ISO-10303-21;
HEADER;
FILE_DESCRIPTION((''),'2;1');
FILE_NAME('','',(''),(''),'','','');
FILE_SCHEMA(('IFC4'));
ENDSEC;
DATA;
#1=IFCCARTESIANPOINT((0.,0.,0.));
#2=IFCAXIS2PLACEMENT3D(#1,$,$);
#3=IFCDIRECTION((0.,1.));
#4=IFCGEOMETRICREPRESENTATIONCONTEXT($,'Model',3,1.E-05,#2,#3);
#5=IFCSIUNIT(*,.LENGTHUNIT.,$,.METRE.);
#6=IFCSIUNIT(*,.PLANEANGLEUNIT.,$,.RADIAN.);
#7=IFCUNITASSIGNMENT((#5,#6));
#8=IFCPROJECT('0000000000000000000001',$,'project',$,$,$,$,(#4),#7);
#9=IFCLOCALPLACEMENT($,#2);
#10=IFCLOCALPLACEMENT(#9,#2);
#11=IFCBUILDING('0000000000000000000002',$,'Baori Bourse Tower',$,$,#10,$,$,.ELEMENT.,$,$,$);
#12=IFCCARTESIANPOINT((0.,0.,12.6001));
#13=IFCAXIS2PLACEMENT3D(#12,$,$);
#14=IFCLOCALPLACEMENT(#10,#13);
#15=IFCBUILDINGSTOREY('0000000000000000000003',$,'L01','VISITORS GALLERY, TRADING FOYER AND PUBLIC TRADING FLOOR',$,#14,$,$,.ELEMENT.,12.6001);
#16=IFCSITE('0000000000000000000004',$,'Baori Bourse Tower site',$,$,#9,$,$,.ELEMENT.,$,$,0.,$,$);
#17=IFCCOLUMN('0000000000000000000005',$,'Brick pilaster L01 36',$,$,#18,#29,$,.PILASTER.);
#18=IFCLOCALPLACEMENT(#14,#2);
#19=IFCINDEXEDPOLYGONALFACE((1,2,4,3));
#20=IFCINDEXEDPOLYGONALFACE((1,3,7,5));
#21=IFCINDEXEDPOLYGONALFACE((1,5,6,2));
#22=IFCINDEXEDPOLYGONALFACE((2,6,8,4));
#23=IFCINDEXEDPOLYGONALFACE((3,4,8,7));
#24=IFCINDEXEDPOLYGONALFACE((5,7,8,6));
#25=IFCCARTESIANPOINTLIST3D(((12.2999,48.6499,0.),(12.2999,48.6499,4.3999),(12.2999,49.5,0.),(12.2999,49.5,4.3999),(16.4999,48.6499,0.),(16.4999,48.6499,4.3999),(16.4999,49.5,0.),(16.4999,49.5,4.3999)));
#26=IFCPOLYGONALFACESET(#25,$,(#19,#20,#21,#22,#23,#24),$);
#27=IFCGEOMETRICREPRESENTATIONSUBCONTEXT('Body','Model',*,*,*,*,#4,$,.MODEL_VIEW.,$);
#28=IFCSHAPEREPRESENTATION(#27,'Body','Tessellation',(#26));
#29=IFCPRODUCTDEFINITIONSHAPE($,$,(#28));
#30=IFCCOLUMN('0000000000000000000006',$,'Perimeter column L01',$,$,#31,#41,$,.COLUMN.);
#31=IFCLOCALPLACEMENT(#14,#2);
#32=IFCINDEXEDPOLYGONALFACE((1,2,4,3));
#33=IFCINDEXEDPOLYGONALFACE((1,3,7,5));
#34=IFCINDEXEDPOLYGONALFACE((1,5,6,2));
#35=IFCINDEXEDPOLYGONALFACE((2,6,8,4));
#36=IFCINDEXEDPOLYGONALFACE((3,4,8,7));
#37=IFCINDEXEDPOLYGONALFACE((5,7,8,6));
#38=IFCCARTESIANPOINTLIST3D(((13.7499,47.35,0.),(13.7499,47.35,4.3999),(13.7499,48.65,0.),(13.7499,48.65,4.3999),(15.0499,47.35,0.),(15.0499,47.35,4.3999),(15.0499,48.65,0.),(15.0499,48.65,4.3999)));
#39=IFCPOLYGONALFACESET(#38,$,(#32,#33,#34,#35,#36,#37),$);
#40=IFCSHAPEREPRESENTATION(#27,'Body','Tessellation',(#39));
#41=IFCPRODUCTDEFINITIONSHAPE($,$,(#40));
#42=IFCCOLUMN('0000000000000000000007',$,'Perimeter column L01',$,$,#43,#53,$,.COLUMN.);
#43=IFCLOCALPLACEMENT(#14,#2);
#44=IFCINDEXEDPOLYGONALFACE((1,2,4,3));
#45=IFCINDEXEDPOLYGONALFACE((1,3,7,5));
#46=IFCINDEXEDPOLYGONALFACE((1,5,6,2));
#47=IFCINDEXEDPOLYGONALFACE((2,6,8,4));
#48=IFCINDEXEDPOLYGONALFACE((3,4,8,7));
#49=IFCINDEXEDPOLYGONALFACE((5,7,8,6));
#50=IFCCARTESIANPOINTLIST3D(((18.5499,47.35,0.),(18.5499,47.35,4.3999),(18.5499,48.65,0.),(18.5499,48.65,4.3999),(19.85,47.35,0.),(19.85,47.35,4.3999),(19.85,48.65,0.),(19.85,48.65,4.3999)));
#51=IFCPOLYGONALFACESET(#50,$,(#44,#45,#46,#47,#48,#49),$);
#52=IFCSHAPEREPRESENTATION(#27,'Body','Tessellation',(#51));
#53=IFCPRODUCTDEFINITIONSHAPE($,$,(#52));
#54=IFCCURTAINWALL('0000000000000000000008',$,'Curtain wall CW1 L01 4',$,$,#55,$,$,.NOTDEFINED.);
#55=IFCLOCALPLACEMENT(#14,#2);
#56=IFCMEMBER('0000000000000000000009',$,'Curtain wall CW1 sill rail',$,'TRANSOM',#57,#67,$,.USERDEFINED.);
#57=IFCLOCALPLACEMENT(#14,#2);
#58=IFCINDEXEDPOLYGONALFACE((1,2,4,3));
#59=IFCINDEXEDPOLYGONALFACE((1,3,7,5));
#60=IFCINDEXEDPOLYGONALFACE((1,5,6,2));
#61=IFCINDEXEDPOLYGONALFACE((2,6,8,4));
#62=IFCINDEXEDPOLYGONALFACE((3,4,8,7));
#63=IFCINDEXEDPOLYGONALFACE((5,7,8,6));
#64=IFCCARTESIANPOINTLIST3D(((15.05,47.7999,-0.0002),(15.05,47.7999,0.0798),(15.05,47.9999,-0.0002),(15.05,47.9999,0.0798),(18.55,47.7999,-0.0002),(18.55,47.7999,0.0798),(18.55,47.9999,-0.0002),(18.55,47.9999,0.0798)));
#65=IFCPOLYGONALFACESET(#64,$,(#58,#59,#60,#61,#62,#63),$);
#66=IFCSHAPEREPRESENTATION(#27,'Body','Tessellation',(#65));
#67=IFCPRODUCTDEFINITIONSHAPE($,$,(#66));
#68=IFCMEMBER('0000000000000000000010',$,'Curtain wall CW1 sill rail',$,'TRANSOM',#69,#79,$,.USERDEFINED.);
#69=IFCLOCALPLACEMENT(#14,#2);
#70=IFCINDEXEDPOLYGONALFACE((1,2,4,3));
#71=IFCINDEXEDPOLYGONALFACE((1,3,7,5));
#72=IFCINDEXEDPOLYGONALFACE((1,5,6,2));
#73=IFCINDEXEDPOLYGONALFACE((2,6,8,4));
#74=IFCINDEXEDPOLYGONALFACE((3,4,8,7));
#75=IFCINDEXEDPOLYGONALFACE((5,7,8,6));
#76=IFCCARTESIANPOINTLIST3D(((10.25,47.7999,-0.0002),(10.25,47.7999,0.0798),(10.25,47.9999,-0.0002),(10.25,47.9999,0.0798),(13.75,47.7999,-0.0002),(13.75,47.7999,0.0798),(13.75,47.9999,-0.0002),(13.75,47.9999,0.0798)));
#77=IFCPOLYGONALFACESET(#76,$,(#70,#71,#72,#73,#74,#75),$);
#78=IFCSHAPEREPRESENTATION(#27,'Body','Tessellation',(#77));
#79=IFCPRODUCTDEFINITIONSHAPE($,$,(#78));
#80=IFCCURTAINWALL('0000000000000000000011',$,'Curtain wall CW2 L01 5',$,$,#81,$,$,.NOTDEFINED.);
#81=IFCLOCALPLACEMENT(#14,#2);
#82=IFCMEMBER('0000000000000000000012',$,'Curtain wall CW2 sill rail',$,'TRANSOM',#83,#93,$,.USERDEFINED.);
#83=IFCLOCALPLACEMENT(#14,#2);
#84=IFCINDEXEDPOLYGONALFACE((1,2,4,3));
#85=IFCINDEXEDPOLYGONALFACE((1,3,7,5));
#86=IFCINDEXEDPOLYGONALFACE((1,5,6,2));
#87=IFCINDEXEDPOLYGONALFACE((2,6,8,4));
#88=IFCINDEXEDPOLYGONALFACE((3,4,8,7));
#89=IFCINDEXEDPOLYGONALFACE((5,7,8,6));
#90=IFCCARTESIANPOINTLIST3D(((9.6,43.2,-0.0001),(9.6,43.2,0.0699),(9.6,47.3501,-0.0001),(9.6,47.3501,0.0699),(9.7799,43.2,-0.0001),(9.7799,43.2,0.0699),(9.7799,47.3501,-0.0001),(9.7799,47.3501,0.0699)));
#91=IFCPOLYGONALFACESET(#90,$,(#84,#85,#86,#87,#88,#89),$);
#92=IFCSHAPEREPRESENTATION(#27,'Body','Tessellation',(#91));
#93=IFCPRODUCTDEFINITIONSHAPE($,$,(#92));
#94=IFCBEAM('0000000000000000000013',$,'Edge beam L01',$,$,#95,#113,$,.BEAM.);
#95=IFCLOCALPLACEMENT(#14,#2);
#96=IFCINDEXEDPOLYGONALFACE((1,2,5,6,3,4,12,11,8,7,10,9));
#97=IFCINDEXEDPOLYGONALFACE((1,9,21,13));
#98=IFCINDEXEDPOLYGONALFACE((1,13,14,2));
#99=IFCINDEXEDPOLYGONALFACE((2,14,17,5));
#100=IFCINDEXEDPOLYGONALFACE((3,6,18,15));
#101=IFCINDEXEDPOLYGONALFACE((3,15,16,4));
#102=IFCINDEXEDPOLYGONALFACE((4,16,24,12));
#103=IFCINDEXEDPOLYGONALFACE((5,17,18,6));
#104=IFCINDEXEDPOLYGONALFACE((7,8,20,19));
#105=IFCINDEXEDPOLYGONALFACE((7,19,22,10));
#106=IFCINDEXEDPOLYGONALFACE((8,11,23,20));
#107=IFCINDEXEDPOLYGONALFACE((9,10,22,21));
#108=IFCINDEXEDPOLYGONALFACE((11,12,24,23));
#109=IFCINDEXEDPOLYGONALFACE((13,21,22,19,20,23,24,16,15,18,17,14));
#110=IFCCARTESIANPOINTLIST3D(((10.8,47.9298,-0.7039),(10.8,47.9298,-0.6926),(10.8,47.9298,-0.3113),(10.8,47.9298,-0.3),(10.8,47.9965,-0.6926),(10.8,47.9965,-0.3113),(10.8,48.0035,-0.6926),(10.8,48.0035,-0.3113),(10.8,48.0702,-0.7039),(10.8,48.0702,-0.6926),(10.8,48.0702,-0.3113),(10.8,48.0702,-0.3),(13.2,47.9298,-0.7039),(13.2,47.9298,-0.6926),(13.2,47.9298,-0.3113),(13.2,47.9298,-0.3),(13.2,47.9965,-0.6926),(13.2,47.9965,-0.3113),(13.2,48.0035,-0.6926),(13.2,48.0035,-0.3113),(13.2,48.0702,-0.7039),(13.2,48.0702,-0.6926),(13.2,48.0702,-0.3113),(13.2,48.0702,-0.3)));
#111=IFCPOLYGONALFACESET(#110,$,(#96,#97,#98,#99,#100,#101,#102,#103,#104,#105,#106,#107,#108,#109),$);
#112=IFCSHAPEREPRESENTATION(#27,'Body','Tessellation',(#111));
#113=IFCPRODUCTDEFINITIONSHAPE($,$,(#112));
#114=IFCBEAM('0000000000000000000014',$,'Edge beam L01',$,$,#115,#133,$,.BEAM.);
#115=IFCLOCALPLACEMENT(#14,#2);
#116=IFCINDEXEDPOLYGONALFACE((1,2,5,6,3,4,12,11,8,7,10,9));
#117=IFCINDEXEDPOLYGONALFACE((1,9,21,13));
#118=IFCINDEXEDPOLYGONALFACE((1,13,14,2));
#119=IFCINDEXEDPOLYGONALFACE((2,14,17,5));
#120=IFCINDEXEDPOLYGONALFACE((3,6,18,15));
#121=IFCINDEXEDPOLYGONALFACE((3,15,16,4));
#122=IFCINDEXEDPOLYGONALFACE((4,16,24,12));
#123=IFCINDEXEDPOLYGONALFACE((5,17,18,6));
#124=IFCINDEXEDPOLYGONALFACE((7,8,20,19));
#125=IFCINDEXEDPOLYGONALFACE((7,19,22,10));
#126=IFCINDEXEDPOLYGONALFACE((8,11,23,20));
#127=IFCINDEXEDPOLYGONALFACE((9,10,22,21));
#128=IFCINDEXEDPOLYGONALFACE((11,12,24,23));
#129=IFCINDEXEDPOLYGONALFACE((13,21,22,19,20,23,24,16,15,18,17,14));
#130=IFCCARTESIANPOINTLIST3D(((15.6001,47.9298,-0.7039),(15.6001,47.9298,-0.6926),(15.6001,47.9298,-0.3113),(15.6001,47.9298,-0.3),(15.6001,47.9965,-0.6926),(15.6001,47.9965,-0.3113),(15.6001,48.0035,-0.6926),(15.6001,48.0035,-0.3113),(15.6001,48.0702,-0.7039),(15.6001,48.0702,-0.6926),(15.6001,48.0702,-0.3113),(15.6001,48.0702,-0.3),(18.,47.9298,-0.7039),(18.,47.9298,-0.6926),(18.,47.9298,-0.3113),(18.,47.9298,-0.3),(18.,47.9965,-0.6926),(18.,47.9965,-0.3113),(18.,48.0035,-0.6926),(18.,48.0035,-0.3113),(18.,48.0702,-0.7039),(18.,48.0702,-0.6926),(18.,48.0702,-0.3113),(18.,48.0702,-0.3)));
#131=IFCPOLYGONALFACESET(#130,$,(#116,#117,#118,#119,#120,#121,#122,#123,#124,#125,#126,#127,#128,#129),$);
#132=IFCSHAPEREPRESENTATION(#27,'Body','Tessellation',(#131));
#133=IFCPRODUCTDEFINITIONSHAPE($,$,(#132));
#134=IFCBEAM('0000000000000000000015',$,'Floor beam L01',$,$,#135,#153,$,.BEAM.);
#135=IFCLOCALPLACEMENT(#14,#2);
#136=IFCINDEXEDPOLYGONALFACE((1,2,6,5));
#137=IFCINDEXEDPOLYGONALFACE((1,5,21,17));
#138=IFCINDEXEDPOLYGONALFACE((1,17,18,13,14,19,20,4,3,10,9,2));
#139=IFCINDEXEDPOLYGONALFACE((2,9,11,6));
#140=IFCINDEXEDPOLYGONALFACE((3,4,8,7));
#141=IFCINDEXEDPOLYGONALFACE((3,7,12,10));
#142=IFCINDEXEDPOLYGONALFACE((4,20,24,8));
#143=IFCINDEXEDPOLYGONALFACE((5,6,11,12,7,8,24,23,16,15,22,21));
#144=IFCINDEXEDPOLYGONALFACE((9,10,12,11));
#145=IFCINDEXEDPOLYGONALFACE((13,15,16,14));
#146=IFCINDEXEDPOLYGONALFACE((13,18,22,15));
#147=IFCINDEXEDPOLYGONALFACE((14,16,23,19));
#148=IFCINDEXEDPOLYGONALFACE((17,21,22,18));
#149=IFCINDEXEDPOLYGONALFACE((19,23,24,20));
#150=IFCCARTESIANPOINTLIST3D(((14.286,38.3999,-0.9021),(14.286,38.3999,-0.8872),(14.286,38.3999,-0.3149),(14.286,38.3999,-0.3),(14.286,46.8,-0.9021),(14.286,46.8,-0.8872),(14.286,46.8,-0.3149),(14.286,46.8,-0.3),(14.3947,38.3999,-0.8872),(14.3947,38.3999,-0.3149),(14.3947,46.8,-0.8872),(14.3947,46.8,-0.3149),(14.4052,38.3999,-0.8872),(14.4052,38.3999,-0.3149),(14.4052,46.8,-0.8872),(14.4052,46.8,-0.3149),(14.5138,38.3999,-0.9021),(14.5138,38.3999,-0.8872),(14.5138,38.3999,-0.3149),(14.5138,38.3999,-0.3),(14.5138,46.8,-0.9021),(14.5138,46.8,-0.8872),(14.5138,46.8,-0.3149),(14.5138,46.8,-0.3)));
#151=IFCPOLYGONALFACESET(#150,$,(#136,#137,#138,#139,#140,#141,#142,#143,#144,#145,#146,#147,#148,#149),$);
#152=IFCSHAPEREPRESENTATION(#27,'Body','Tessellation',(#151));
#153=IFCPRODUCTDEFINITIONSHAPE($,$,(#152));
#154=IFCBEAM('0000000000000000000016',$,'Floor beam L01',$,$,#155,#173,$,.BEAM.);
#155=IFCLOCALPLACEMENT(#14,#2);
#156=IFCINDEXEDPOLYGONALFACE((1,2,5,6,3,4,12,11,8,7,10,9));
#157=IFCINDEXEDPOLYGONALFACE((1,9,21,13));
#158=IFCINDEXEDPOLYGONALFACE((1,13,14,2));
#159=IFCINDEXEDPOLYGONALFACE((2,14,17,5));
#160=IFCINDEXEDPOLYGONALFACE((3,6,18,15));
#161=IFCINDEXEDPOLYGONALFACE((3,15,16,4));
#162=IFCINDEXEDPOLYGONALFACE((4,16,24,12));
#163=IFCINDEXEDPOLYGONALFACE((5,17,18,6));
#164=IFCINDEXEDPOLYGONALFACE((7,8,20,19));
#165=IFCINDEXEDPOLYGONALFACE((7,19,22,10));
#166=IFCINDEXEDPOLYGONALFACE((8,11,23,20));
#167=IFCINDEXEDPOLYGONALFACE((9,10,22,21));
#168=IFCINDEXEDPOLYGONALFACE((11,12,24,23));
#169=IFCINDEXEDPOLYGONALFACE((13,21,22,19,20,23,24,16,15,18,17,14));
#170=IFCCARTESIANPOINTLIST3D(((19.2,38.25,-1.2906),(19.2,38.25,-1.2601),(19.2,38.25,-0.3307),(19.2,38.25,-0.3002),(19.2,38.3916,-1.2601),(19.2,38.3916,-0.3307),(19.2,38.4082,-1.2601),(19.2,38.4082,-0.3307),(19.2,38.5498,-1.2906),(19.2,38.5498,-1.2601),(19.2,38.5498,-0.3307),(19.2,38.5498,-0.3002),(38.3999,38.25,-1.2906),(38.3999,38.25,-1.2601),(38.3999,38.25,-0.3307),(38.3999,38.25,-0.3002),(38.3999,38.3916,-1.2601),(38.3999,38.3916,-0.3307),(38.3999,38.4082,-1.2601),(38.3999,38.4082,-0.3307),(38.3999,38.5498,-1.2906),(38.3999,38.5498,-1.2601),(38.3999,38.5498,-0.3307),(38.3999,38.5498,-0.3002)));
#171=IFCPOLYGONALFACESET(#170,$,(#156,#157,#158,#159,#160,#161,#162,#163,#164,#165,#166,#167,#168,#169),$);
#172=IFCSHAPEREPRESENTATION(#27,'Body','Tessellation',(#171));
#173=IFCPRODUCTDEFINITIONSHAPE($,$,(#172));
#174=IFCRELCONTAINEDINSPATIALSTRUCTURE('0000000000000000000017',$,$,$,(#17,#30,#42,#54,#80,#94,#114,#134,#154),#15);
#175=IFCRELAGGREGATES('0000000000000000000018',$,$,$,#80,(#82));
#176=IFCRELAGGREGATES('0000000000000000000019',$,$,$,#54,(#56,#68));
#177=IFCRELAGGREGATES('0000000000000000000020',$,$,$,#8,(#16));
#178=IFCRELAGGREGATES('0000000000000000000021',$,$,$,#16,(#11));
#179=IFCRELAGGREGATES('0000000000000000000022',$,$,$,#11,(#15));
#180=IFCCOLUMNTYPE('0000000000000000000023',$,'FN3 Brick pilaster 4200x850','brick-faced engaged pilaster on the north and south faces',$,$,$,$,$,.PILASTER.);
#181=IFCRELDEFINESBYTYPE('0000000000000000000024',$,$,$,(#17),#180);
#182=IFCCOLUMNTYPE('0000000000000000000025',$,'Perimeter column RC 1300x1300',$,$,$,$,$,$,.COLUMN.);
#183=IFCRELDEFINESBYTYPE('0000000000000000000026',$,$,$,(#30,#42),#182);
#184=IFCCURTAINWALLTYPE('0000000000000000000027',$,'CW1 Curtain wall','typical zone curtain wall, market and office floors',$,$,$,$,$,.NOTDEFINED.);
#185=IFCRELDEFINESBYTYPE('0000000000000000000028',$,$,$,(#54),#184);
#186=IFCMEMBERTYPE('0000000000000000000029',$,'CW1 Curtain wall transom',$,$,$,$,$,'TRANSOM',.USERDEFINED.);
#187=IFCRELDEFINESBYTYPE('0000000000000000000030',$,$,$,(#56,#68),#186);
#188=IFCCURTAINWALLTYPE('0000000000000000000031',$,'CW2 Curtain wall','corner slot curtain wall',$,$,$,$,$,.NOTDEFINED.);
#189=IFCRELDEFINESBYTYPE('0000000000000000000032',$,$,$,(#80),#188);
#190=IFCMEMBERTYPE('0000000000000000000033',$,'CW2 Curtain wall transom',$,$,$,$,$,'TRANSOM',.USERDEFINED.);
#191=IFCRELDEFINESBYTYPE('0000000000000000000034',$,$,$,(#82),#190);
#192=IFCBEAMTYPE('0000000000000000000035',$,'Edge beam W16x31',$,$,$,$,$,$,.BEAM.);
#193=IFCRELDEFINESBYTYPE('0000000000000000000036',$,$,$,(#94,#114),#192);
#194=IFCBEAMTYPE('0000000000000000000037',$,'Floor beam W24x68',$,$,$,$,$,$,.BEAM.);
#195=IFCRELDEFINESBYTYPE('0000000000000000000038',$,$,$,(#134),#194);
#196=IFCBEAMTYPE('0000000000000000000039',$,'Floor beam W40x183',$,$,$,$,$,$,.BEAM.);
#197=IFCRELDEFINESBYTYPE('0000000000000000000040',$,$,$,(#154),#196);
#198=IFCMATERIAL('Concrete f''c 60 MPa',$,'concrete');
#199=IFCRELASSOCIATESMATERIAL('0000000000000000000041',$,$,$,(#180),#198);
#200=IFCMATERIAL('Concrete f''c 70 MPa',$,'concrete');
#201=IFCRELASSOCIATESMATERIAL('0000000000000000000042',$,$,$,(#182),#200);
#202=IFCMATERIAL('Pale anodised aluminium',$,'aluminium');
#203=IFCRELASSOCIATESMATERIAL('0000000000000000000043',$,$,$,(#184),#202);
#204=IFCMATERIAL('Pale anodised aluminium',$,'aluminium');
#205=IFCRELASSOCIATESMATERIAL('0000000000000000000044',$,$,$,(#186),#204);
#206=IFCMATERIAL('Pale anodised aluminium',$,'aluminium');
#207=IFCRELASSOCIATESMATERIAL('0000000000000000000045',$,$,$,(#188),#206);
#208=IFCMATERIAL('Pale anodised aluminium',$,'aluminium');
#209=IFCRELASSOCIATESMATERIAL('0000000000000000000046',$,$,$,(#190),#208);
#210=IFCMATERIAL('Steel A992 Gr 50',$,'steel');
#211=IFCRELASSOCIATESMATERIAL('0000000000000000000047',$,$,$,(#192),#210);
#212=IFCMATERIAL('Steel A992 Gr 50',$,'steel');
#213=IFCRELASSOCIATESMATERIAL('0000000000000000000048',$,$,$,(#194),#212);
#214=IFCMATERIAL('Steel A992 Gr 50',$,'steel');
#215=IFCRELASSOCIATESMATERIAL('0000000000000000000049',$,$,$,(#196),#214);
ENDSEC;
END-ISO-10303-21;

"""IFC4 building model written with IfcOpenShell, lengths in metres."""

from ifc_helpers import new_model, si_unit, direction, frame, origin, origin_2d, place, context, subcontext, project, spatial, rectangle, i_section, extrude, material, material_profile, profile_set, type_object, element, aggregate, save


model = new_model("IFC4")

# Units and contexts
model_context = context("Model", 3, precision=1e-05, world=origin(), true_north=direction((0.0, 1.0)))
body_context = subcontext(model_context, "Body", "Model", "MODEL_VIEW")
ifc_project = project(units=[si_unit("LENGTHUNIT", "METRE"), si_unit("PLANEANGLEUNIT", "RADIAN")], contexts=[model_context])

# Site, building, storey
site_placement = place(None, origin())
site = spatial("IfcSite", under=ifc_project, at=site_placement, Name="Baori Bourse Tower site", CompositionType="ELEMENT", RefElevation=0.0)
building_placement = place(site_placement, origin())
building = spatial("IfcBuilding", under=site, at=building_placement, Name="Baori Bourse Tower", CompositionType="ELEMENT")
storey_placement = place(building_placement, frame((0.0, 0.0, 12.6001)))
storey = spatial("IfcBuildingStorey", under=building, at=storey_placement, Name="L01", Description="VISITORS GALLERY, TRADING FOYER AND PUBLIC TRADING FLOOR", CompositionType="ELEMENT", Elevation=12.6001)

# Columns
ifc_material_1 = material(Name="Concrete f'c 60 MPa", Category="concrete")
ifc_material_profile_1 = material_profile(ifc_material_1, rectangle(XDim=4.2, YDim=0.8501, at=origin_2d()), Name="RC 4200x850")
ifc_profile_set_1 = profile_set([ifc_material_profile_1], Name="Concrete f'c 60 MPa")
column_type_1 = type_object("IfcColumnType", Name="FN3 Brick pilaster 4200x850", Description="brick-faced engaged pilaster on the north and south faces", PredefinedType="PILASTER", material=ifc_profile_set_1)
column_placement = place(storey_placement, frame((14.3999, 49.075, 0.0), z_axis=(0.0, 0.0, 1.0), x_axis=(1.0, 0.0, 0.0)))
element("IfcColumn", 1, at=column_placement, inside=storey, type_object=column_type_1, Name="Brick pilaster L01 36", PredefinedType="PILASTER", context=body_context, shape_type="SweptSolid", body=[
    extrude(rectangle(XDim=4.2, YDim=0.8501, at=origin_2d()), origin(), (0.0, 0.0, 1.0), 4.3999),
])
ifc_material_2 = material(Name="Concrete f'c 70 MPa", Category="concrete")
ifc_material_profile_2 = material_profile(ifc_material_2, rectangle(XDim=1.3, YDim=1.3, at=origin_2d()), Name="RC 1300x1300")
ifc_profile_set_2 = profile_set([ifc_material_profile_2], Name="Concrete f'c 70 MPa")
column_type_2 = type_object("IfcColumnType", Name="Perimeter column RC 1300x1300", PredefinedType="COLUMN", material=ifc_profile_set_2)
for number, where, z_axis, x_axis, name in (
    (2, (14.3999, 48.0, 0.0), (0.0, 0.0, 1.0), (1.0, 0.0, 0.0), "Perimeter column L01"),
    (3, (19.2, 48.0, 0.0), (0.0, 0.0, 1.0), (1.0, 0.0, 0.0), "Perimeter column L01"),
):
    element("IfcColumn", number, at=place(storey_placement, frame(where, z_axis=z_axis, x_axis=x_axis)), inside=storey, type_object=column_type_2, Name=name, PredefinedType="COLUMN", context=body_context, shape_type="SweptSolid", body=[
        extrude(rectangle(XDim=1.3, YDim=1.3, at=origin_2d()), origin(), (0.0, 0.0, 1.0), 4.3999),
    ])

# Curtain wall, members
ifc_material_3 = material(Name="Pale anodised aluminium", Category="aluminium")
curtain_wall_type_1 = type_object("IfcCurtainWallType", Name="CW1 Curtain wall", Description="typical zone curtain wall, market and office floors", PredefinedType="NOTDEFINED", material=ifc_material_3)
curtain_wall_1_placement = place(storey_placement, origin())
curtain_wall_1 = element("IfcCurtainWall", 4, at=curtain_wall_1_placement, inside=storey, type_object=curtain_wall_type_1, Name="Curtain wall CW1 L01 4", PredefinedType="NOTDEFINED")
ifc_material_4 = material(Name="Pale anodised aluminium", Category="aluminium")
ifc_material_profile_3 = material_profile(ifc_material_4, rectangle(XDim=0.2, YDim=0.0801, at=origin_2d()), Name="Transom 80x200")
ifc_profile_set_3 = profile_set([ifc_material_profile_3], Name="Pale anodised aluminium")
member_type_1 = type_object("IfcMemberType", Name="CW1 Curtain wall transom", ElementType="TRANSOM", PredefinedType="USERDEFINED", material=ifc_profile_set_3)
member_1_placement = place(storey_placement, frame((18.55, 47.8999, 0.0398), z_axis=(-1.0, 0.0, 0.0), x_axis=(0.0, -1.0, 0.0)))
member_1 = element("IfcMember", 5, at=member_1_placement, type_object=member_type_1, Name="Curtain wall CW1 sill rail", ObjectType="TRANSOM", PredefinedType="USERDEFINED", context=body_context, shape_type="SweptSolid", body=[
    extrude(rectangle(XDim=0.2, YDim=0.0801, at=origin_2d()), origin(), (0.0, 0.0, 1.0), 3.5),
])
member_2_placement = place(storey_placement, frame((13.75, 47.8999, 0.0398), z_axis=(-1.0, 0.0, 0.0), x_axis=(0.0, -1.0, 0.0)))
member_2 = element("IfcMember", 6, at=member_2_placement, type_object=member_type_1, Name="Curtain wall CW1 sill rail", ObjectType="TRANSOM", PredefinedType="USERDEFINED", context=body_context, shape_type="SweptSolid", body=[
    extrude(rectangle(XDim=0.2, YDim=0.0801, at=origin_2d()), origin(), (0.0, 0.0, 1.0), 3.5),
])

# Curtain wall, member
ifc_material_5 = material(Name="Pale anodised aluminium", Category="aluminium")
curtain_wall_type_2 = type_object("IfcCurtainWallType", Name="CW2 Curtain wall", Description="corner slot curtain wall", PredefinedType="NOTDEFINED", material=ifc_material_5)
curtain_wall_2_placement = place(storey_placement, origin())
curtain_wall_2 = element("IfcCurtainWall", 7, at=curtain_wall_2_placement, inside=storey, type_object=curtain_wall_type_2, Name="Curtain wall CW2 L01 5", PredefinedType="NOTDEFINED")
ifc_material_6 = material(Name="Pale anodised aluminium", Category="aluminium")
ifc_material_profile_4 = material_profile(ifc_material_6, rectangle(XDim=0.1799, YDim=0.0701, at=origin_2d()), Name="Transom 70x180")
ifc_profile_set_4 = profile_set([ifc_material_profile_4], Name="Pale anodised aluminium")
member_type_2 = type_object("IfcMemberType", Name="CW2 Curtain wall transom", ElementType="TRANSOM", PredefinedType="USERDEFINED", material=ifc_profile_set_4)
member_3_placement = place(storey_placement, frame((9.6899, 47.3501, 0.0349), z_axis=(0.0, -1.0, 0.0), x_axis=(1.0, 0.0, 0.0)))
member_3 = element("IfcMember", 8, at=member_3_placement, type_object=member_type_2, Name="Curtain wall CW2 sill rail", ObjectType="TRANSOM", PredefinedType="USERDEFINED", context=body_context, shape_type="SweptSolid", body=[
    extrude(rectangle(XDim=0.1799, YDim=0.0701, at=origin_2d()), origin(), (0.0, 0.0, 1.0), 4.1501),
])
aggregate(curtain_wall_2, [member_3])

# Beams
ifc_material_7 = material(Name="Steel A992 Gr 50", Category="steel")
ifc_material_profile_5 = material_profile(ifc_material_7, i_section(OverallWidth=0.1404, OverallDepth=0.4038, WebThickness=0.0071, FlangeThickness=0.0112, at=origin_2d()), Name="W16x31")
ifc_profile_set_5 = profile_set([ifc_material_profile_5], Name="Steel A992 Gr 50")
beam_type_1 = type_object("IfcBeamType", Name="Edge beam W16x31", PredefinedType="BEAM", material=ifc_profile_set_5)
for number, where, z_axis, x_axis, name in (
    (9, (10.8, 48.0, -0.502), (1.0, 0.0, 0.0), (0.0, 1.0, 0.0), "Edge beam L01"),
    (10, (15.6001, 48.0, -0.502), (1.0, 0.0, 0.0), (0.0, 1.0, 0.0), "Edge beam L01"),
):
    element("IfcBeam", number, at=place(storey_placement, frame(where, z_axis=z_axis, x_axis=x_axis)), inside=storey, type_object=beam_type_1, Name=name, PredefinedType="BEAM", context=body_context, shape_type="SweptSolid", body=[
        extrude(i_section(OverallWidth=0.1404, OverallDepth=0.4038, WebThickness=0.0071, FlangeThickness=0.0112, at=origin_2d()), origin(), (0.0, 0.0, 1.0), 2.3999),
    ])
ifc_material_8 = material(Name="Steel A992 Gr 50", Category="steel")
ifc_material_profile_6 = material_profile(ifc_material_8, i_section(OverallWidth=0.2278, OverallDepth=0.6021, WebThickness=0.0105, FlangeThickness=0.0149, at=origin_2d()), Name="W24x68")
ifc_profile_set_6 = profile_set([ifc_material_profile_6], Name="Steel A992 Gr 50")
beam_type_2 = type_object("IfcBeamType", Name="Floor beam W24x68", PredefinedType="BEAM", material=ifc_profile_set_6)
beam_1_placement = place(storey_placement, frame((14.3999, 38.3999, -0.6011), z_axis=(0.0, 1.0, 0.0), x_axis=(-1.0, 0.0, 0.0)))
element("IfcBeam", 11, at=beam_1_placement, inside=storey, type_object=beam_type_2, Name="Floor beam L01", PredefinedType="BEAM", context=body_context, shape_type="SweptSolid", body=[
    extrude(i_section(OverallWidth=0.2278, OverallDepth=0.6021, WebThickness=0.0105, FlangeThickness=0.0149, at=origin_2d()), origin(), (0.0, 0.0, 1.0), 8.4001),
])
ifc_material_9 = material(Name="Steel A992 Gr 50", Category="steel")
ifc_material_profile_7 = material_profile(ifc_material_9, i_section(OverallWidth=0.2998, OverallDepth=0.9905, WebThickness=0.0166, FlangeThickness=0.0305, at=origin_2d()), Name="W40x183")
ifc_profile_set_7 = profile_set([ifc_material_profile_7], Name="Steel A992 Gr 50")
beam_type_3 = type_object("IfcBeamType", Name="Floor beam W40x183", PredefinedType="BEAM", material=ifc_profile_set_7)
beam_2_placement = place(storey_placement, frame((19.2, 38.3999, -0.7954), z_axis=(1.0, 0.0, 0.0), x_axis=(0.0, 1.0, 0.0)))
element("IfcBeam", 12, at=beam_2_placement, inside=storey, type_object=beam_type_3, Name="Floor beam L01", PredefinedType="BEAM", context=body_context, shape_type="SweptSolid", body=[
    extrude(i_section(OverallWidth=0.2998, OverallDepth=0.9905, WebThickness=0.0166, FlangeThickness=0.0305, at=origin_2d()), origin(), (0.0, 0.0, 1.0), 19.2),
])

aggregate(curtain_wall_1, [member_1, member_2])

save(model, "model.ifc")
